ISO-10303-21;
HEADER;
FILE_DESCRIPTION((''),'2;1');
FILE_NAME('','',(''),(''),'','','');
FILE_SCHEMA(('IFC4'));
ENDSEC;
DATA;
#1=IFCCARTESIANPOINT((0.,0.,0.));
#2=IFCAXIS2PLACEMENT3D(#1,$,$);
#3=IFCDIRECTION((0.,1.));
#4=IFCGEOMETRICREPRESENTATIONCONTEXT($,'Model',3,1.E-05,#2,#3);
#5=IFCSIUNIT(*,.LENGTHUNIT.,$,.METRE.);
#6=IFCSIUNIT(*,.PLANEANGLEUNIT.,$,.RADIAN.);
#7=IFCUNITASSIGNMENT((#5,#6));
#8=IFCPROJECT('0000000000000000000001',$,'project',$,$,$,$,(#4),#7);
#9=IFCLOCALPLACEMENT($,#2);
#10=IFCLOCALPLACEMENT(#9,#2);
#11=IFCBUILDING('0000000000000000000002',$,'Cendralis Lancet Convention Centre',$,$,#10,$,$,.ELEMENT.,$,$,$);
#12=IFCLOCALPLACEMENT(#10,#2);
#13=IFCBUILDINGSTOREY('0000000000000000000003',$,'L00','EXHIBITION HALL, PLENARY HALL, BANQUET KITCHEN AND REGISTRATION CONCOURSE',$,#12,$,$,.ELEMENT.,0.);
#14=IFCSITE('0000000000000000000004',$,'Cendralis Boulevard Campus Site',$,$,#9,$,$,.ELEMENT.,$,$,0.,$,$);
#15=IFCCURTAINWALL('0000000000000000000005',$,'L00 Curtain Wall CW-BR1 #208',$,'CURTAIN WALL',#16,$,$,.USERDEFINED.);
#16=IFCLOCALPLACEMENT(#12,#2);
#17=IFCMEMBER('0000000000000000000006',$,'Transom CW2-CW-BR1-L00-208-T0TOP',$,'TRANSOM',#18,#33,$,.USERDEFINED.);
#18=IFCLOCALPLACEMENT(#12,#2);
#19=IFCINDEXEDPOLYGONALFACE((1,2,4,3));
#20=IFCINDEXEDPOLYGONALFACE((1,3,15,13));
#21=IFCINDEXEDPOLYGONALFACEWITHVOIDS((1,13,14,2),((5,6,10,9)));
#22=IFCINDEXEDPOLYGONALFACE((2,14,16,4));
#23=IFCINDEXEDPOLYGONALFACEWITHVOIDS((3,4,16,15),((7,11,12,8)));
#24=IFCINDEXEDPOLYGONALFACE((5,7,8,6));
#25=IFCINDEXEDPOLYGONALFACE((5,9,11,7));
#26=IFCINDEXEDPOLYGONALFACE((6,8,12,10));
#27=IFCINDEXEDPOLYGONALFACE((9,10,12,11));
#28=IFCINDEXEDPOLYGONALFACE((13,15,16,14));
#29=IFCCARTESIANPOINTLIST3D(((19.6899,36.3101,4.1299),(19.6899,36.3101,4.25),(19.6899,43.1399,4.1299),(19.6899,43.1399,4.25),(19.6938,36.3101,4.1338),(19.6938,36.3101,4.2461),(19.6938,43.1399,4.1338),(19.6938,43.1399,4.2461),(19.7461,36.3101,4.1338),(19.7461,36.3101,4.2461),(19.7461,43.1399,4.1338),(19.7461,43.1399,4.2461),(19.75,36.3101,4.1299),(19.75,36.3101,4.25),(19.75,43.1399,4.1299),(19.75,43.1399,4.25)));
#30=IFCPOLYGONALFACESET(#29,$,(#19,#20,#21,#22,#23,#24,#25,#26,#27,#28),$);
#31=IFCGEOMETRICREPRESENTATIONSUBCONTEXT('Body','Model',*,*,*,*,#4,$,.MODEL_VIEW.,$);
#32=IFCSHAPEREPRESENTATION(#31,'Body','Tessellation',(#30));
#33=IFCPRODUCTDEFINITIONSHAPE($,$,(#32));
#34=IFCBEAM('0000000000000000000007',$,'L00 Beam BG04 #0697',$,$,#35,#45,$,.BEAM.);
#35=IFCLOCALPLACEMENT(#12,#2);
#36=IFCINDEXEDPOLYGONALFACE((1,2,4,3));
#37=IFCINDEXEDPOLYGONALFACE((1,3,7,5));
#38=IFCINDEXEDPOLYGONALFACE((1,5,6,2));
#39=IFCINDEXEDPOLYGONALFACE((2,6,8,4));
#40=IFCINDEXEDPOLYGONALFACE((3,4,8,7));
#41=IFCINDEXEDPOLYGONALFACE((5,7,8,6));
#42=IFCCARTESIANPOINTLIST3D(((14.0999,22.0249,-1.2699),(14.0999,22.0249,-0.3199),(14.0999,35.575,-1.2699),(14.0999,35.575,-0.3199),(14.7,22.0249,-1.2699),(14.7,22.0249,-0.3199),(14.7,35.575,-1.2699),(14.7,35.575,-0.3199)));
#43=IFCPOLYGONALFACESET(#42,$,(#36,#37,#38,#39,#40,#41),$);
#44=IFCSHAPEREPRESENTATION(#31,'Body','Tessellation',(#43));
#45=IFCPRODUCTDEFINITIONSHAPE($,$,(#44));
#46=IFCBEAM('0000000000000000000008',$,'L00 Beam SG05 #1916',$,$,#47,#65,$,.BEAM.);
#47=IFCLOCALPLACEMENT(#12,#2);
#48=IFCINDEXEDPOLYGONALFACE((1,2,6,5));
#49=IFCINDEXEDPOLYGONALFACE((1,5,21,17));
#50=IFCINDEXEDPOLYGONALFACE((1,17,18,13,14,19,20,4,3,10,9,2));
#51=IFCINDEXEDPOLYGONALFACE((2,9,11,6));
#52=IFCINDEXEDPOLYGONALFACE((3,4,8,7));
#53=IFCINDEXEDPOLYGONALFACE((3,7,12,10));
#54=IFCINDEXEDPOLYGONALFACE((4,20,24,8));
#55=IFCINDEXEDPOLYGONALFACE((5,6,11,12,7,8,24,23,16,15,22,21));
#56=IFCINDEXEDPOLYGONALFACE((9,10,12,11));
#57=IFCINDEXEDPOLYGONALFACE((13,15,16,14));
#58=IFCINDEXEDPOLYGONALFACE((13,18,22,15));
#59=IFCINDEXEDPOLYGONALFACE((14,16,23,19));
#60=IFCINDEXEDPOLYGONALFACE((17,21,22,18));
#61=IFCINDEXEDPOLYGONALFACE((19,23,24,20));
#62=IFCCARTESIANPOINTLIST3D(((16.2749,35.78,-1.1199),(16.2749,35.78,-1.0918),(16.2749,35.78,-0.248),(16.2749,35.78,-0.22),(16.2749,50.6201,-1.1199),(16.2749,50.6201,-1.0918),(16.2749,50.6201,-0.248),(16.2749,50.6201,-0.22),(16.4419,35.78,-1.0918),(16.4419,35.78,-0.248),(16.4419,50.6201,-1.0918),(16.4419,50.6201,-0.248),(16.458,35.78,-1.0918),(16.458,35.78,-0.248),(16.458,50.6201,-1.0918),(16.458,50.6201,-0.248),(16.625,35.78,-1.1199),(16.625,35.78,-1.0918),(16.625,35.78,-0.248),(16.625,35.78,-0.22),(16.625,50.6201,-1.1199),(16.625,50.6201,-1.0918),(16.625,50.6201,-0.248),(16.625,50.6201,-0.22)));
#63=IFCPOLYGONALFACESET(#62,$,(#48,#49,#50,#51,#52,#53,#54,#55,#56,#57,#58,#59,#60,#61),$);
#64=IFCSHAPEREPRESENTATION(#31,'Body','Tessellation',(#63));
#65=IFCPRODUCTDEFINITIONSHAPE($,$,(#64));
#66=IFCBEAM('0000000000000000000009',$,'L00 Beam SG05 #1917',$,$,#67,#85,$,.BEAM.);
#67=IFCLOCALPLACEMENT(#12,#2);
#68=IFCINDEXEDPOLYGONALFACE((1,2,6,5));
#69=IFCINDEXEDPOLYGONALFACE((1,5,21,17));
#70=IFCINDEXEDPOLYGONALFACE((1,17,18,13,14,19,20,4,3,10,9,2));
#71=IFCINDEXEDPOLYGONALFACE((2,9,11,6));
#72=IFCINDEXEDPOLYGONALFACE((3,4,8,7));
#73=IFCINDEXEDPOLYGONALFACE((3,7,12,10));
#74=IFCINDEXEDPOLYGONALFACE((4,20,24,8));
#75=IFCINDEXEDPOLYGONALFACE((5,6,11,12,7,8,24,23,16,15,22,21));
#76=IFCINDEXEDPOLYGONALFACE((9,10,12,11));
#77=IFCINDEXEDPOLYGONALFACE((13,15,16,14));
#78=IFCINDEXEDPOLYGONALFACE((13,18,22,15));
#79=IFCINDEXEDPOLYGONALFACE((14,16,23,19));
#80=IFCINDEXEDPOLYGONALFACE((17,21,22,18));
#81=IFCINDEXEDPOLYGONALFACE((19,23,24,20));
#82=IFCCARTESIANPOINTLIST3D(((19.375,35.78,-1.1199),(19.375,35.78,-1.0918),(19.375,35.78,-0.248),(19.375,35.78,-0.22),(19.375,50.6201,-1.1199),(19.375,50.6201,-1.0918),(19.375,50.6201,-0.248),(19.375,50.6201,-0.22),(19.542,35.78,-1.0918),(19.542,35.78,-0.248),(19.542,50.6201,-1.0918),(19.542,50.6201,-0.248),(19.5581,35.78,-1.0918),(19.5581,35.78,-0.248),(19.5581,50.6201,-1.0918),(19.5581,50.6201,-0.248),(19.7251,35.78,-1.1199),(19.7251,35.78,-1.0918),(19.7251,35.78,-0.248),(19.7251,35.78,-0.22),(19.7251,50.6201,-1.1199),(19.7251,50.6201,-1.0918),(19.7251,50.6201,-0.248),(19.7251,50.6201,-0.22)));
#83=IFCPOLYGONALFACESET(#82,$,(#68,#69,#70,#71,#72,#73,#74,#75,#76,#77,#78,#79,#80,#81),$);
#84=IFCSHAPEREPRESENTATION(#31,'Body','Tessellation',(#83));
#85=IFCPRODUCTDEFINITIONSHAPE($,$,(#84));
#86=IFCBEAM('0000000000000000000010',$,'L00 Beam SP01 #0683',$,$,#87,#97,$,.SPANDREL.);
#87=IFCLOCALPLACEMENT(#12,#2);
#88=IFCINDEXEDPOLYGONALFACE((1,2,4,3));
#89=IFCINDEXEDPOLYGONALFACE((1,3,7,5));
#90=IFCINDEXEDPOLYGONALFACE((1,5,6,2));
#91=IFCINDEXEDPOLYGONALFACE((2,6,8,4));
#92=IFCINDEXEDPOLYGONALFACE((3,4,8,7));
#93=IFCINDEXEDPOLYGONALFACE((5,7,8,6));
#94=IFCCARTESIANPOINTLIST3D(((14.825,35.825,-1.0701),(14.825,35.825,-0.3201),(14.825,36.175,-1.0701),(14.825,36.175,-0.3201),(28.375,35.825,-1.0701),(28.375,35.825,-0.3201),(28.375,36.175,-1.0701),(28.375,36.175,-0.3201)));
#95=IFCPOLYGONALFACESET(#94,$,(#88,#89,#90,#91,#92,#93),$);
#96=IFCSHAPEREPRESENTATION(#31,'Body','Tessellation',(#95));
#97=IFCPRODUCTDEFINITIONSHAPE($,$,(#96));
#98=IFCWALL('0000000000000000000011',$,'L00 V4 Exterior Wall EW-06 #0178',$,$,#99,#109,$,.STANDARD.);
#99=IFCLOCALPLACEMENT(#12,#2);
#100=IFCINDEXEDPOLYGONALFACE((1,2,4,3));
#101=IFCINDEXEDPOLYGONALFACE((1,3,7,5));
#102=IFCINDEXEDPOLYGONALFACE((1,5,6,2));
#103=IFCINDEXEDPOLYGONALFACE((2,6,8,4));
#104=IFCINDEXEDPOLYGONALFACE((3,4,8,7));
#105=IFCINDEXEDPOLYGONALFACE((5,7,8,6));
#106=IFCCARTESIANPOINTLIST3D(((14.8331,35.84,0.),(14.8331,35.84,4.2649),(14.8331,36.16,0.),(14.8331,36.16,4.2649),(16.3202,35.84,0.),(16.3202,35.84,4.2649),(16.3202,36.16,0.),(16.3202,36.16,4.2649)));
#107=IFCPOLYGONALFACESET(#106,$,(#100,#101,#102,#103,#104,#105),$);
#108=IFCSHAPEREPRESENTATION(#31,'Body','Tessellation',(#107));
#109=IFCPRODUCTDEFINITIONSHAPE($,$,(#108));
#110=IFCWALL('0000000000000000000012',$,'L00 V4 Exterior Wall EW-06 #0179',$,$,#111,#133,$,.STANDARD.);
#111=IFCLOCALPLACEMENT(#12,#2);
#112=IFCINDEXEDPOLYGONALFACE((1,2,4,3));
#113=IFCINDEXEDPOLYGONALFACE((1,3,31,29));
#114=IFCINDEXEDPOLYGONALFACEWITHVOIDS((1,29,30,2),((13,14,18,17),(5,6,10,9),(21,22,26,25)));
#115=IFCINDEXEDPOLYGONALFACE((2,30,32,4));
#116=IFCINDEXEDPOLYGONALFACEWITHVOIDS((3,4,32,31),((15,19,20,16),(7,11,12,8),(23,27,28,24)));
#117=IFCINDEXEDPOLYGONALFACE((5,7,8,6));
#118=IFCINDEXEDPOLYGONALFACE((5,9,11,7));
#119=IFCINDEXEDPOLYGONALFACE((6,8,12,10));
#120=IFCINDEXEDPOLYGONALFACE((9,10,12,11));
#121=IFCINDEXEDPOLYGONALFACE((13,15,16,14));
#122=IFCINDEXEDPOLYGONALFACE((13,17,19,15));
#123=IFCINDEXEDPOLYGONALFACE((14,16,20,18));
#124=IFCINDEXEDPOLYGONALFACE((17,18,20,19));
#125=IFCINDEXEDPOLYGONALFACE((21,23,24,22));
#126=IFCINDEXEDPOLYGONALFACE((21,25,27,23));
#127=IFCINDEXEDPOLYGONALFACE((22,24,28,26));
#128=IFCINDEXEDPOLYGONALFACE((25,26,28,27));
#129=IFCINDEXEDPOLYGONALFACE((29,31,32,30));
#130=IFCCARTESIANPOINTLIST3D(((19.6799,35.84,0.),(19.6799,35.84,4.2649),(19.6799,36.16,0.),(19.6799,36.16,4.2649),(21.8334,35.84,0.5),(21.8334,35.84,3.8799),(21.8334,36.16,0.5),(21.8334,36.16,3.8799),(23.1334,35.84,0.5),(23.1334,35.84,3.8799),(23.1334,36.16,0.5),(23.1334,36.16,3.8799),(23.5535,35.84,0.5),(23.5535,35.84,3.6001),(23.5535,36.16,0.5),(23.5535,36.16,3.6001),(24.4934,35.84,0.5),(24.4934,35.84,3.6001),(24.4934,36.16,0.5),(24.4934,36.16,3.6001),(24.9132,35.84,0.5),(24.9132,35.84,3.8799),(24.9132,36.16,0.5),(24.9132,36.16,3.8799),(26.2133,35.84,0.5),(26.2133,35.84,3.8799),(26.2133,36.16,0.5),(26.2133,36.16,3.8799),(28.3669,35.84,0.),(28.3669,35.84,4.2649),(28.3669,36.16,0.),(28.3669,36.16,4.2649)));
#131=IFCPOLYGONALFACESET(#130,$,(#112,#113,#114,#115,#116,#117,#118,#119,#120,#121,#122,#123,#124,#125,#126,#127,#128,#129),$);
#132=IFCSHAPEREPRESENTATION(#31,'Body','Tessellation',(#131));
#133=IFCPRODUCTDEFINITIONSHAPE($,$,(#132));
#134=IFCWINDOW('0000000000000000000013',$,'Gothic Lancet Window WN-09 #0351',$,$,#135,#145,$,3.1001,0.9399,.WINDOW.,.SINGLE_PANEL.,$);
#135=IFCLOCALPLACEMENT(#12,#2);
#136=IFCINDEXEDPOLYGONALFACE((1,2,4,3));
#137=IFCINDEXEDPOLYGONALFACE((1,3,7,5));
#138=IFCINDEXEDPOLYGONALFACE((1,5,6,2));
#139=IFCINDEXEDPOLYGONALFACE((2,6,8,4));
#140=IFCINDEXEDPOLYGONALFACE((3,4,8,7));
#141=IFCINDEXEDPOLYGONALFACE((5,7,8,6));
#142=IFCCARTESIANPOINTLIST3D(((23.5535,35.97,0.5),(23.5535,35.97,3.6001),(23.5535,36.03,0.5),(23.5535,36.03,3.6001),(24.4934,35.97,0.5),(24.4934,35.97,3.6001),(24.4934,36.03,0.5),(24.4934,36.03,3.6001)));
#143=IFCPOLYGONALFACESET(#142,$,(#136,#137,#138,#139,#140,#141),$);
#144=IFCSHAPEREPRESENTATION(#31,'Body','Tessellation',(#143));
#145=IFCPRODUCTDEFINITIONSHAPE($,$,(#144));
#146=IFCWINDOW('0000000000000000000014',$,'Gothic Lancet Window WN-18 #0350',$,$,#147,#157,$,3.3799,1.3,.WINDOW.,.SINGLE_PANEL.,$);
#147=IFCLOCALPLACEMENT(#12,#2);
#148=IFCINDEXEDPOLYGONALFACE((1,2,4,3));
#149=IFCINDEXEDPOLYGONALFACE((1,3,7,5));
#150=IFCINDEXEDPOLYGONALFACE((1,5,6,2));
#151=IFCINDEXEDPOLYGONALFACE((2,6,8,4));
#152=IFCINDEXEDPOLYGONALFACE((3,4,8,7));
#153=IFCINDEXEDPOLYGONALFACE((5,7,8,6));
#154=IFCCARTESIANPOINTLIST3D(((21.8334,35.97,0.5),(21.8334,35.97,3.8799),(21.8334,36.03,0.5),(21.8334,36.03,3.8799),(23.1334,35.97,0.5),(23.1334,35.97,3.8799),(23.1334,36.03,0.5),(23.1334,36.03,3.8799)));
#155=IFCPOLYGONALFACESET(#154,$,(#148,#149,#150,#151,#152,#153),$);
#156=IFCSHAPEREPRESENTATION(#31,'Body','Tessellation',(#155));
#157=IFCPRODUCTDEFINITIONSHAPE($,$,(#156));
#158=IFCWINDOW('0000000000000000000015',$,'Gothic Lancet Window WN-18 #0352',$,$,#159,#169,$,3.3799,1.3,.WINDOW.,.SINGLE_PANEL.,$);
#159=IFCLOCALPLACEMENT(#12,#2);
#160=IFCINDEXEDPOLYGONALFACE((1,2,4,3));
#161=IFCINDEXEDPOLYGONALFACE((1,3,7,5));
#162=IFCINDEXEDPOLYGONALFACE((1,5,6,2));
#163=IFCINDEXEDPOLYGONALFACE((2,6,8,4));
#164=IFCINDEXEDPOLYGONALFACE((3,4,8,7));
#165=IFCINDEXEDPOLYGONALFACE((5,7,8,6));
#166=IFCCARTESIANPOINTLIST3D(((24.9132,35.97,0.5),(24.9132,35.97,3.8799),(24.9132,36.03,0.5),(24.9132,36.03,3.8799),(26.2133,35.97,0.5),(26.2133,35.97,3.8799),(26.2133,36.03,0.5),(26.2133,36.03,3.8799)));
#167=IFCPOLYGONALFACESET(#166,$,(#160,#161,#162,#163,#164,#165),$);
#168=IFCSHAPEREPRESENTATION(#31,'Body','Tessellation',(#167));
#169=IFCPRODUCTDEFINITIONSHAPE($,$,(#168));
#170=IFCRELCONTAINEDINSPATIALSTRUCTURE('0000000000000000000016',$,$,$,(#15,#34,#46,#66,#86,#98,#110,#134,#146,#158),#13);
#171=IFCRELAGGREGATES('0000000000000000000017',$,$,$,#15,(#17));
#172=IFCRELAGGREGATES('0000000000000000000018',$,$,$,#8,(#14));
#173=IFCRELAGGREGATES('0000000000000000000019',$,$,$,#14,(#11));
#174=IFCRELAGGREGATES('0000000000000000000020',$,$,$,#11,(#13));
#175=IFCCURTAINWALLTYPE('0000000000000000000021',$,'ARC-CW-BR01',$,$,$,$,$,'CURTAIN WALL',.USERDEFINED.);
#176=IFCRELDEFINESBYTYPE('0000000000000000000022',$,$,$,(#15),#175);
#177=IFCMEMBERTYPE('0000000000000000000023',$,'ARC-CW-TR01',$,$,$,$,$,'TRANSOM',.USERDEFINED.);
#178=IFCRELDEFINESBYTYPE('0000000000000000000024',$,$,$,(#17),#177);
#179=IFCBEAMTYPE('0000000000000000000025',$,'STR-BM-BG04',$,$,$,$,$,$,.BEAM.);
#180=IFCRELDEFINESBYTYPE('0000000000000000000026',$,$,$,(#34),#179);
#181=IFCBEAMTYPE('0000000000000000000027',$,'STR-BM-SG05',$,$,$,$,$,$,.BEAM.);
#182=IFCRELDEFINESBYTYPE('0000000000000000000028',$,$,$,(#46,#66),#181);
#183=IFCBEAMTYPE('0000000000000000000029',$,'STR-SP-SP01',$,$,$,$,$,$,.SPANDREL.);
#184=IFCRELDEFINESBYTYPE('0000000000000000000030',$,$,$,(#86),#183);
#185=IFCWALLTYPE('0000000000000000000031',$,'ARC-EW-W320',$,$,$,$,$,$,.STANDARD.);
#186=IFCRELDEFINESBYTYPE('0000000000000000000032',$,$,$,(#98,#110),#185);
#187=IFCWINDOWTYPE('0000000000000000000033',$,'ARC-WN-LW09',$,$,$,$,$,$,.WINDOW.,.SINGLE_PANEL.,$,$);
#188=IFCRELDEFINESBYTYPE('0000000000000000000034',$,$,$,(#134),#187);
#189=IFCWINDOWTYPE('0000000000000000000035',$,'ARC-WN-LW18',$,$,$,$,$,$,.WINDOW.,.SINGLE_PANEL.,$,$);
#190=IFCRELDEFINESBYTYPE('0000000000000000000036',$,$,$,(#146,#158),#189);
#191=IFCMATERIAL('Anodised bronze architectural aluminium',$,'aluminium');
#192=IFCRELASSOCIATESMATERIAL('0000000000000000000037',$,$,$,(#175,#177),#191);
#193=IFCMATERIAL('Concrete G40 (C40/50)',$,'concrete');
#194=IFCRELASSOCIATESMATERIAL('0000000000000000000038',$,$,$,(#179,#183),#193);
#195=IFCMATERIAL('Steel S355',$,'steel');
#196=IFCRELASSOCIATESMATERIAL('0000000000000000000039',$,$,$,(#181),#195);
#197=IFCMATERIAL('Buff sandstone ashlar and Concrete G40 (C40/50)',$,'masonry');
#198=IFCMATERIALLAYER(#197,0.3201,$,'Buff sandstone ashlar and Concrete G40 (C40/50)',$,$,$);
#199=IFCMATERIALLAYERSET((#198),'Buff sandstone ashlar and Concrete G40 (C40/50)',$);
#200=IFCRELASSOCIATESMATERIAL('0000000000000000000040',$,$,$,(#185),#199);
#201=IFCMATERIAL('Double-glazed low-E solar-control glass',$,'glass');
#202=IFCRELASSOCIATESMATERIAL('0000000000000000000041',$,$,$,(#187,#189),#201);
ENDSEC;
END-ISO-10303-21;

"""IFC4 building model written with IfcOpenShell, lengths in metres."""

from ifc_helpers import new_model, si_unit, direction, frame, frame_2d, origin, origin_2d, place, context, subcontext, project, spatial, rectangle, hollow_rectangle, i_section, extrude, material, layer, layer_set, material_profile, profile_set, type_object, element, fill, aggregate, save


model = new_model("IFC4")

# Units and contexts
model_context = context("Model", 3, precision=1e-05, world=origin(), true_north=direction((0.0, 1.0)))
body_context = subcontext(model_context, "Body", "Model", "MODEL_VIEW")
ifc_project = project(units=[si_unit("LENGTHUNIT", "METRE"), si_unit("PLANEANGLEUNIT", "RADIAN")], contexts=[model_context])

# Site, building, storey
site_placement = place(None, origin())
site = spatial("IfcSite", under=ifc_project, at=site_placement, Name="Cendralis Boulevard Campus Site", CompositionType="ELEMENT", RefElevation=0.0)
building_placement = place(site_placement, origin())
building = spatial("IfcBuilding", under=site, at=building_placement, Name="Cendralis Lancet Convention Centre", CompositionType="ELEMENT")
storey_placement = place(building_placement, origin())
storey = spatial("IfcBuildingStorey", under=building, at=storey_placement, Name="L00", Description="EXHIBITION HALL, PLENARY HALL, BANQUET KITCHEN AND REGISTRATION CONCOURSE", CompositionType="ELEMENT", Elevation=0.0)

# Shared definitions
ifc_material_1 = material(Name="Concrete G40 (C40/50)", Category="concrete")

# Curtain wall
ifc_material_2 = material(Name="Anodised bronze architectural aluminium", Category="aluminium")
curtain_wall_type = type_object("IfcCurtainWallType", Name="ARC-CW-BR01", ElementType="CURTAIN WALL", PredefinedType="USERDEFINED", material=ifc_material_2)
curtain_wall_1_placement = place(storey_placement, origin())
curtain_wall_1 = element("IfcCurtainWall", 1, at=curtain_wall_1_placement, inside=storey, type_object=curtain_wall_type, Name="L00 Curtain Wall CW-BR1 #208", ObjectType="CURTAIN WALL", PredefinedType="USERDEFINED")

# Member
ifc_material_profile_1 = material_profile(ifc_material_2, hollow_rectangle(XDim=0.0601, YDim=0.1201, WallThickness=0.0039, at=origin_2d()), Name="AL-TRAN 60x120x4.0")
ifc_profile_set_1 = profile_set([ifc_material_profile_1], Name="Anodised bronze architectural aluminium")
member_type_1 = type_object("IfcMemberType", Name="ARC-CW-TR01", ElementType="TRANSOM", PredefinedType="USERDEFINED", material=ifc_profile_set_1)
member_1_placement = place(storey_placement, frame((19.72, 36.3101, 4.1899), z_axis=(0.0, 1.0, 0.0), x_axis=(-1.0, 0.0, 0.0)))
member_1 = element("IfcMember", 2, at=member_1_placement, type_object=member_type_1, Name="Transom CW2-CW-BR1-L00-208-T0TOP", ObjectType="TRANSOM", PredefinedType="USERDEFINED", context=body_context, shape_type="SweptSolid", body=[
    extrude(hollow_rectangle(XDim=0.0601, YDim=0.1201, WallThickness=0.0039, at=origin_2d()), origin(), (0.0, 0.0, 1.0), 6.8298),
])
aggregate(curtain_wall_1, [member_1])

# Beams
ifc_material_profile_2 = material_profile(ifc_material_1, rectangle(XDim=0.6001, YDim=0.95, at=origin_2d()), Name="RCB 600x950")
ifc_profile_set_2 = profile_set([ifc_material_profile_2], Name="Concrete G40 (C40/50)")
beam_type_1 = type_object("IfcBeamType", Name="STR-BM-BG04", PredefinedType="BEAM", material=ifc_profile_set_2)
beam_1_placement = place(storey_placement, frame((14.3999, 22.0249, -0.7949), z_axis=(0.0, 1.0, 0.0), x_axis=(-1.0, 0.0, 0.0)))
element("IfcBeam", 3, at=beam_1_placement, inside=storey, type_object=beam_type_1, Name="L00 Beam BG04 #0697", PredefinedType="BEAM", context=body_context, shape_type="SweptSolid", body=[
    extrude(rectangle(XDim=0.6001, YDim=0.95, at=origin_2d()), origin(), (0.0, 0.0, 1.0), 13.55),
])
ifc_material_3 = material(Name="Steel S355", Category="steel")
ifc_material_profile_3 = material_profile(ifc_material_3, i_section(OverallWidth=0.3501, OverallDepth=0.8999, WebThickness=0.0161, FlangeThickness=0.0281, at=origin_2d()), Name="PG 900x350")
ifc_profile_set_3 = profile_set([ifc_material_profile_3], Name="Steel S355")
beam_type_2 = type_object("IfcBeamType", Name="STR-BM-SG05", PredefinedType="BEAM", material=ifc_profile_set_3)
for number, where, z_axis, x_axis, name in (
    (4, (16.45, 35.78, -0.6699), (0.0, 1.0, 0.0), (-1.0, 0.0, 0.0), "L00 Beam SG05 #1916"),
    (5, (19.55, 35.78, -0.6699), (0.0, 1.0, 0.0), (-1.0, 0.0, 0.0), "L00 Beam SG05 #1917"),
):
    element("IfcBeam", number, at=place(storey_placement, frame(where, z_axis=z_axis, x_axis=x_axis)), inside=storey, type_object=beam_type_2, Name=name, PredefinedType="BEAM", context=body_context, shape_type="SweptSolid", body=[
        extrude(i_section(OverallWidth=0.3501, OverallDepth=0.8999, WebThickness=0.0161, FlangeThickness=0.0281, at=origin_2d()), origin(), (0.0, 0.0, 1.0), 14.8401),
    ])
ifc_material_profile_4 = material_profile(ifc_material_1, rectangle(XDim=0.3501, YDim=0.75, at=origin_2d()), Name="RCB 350x750")
ifc_profile_set_4 = profile_set([ifc_material_profile_4], Name="Concrete G40 (C40/50)")
beam_type_3 = type_object("IfcBeamType", Name="STR-SP-SP01", PredefinedType="SPANDREL", material=ifc_profile_set_4)
beam_2_placement = place(storey_placement, frame((14.825, 36.0, -0.6951), z_axis=(1.0, 0.0, 0.0), x_axis=(0.0, 1.0, 0.0)))
element("IfcBeam", 6, at=beam_2_placement, inside=storey, type_object=beam_type_3, Name="L00 Beam SP01 #0683", PredefinedType="SPANDREL", context=body_context, shape_type="SweptSolid", body=[
    extrude(rectangle(XDim=0.3501, YDim=0.75, at=origin_2d()), origin(), (0.0, 0.0, 1.0), 13.55),
])

# Wall
ifc_material_4 = material(Name="Buff sandstone ashlar and Concrete G40 (C40/50)", Category="masonry")
ifc_layer_1 = layer(ifc_material_4, 0.3201, Name="Buff sandstone ashlar and Concrete G40 (C40/50)")
ifc_layer_set_1 = layer_set([ifc_layer_1], Name="Buff sandstone ashlar and Concrete G40 (C40/50)")
wall_type_1 = type_object("IfcWallType", Name="ARC-EW-W320", PredefinedType="STANDARD", material=ifc_layer_set_1)
wall_1_placement = place(storey_placement, frame((14.833, 36.0, 0.0), z_axis=(0.0, 0.0, 1.0), x_axis=(1.0, 0.0, 0.0)))
element("IfcWall", 7, at=wall_1_placement, inside=storey, type_object=wall_type_1, Name="L00 V4 Exterior Wall EW-06 #0178", PredefinedType="STANDARD", context=body_context, shape_type="SweptSolid", body=[
    extrude(rectangle(XDim=1.4871, YDim=0.3201, at=frame_2d((0.7437, 0.0))), origin(), (0.0, 0.0, 1.0), 4.2649),
])

# Wall, openings, windows
wall_2_placement = place(storey_placement, frame((19.6799, 36.0, 0.0), z_axis=(0.0, 0.0, 1.0), x_axis=(1.0, 0.0, 0.0)))
wall_2 = element("IfcWall", 8, at=wall_2_placement, inside=storey, type_object=wall_type_1, Name="L00 V4 Exterior Wall EW-06 #0179", PredefinedType="STANDARD", context=body_context, shape_type="SweptSolid", body=[
    extrude(rectangle(XDim=8.687, YDim=0.3201, at=frame_2d((4.3435, 0.0))), origin(), (0.0, 0.0, 1.0), 4.2649),
])
opening_1_placement = place(wall_2_placement, frame((2.1536, 0.0, 0.5)))
opening_1 = element("IfcOpeningElement", 9, at=opening_1_placement, cuts=wall_2, PredefinedType="OPENING", context=body_context, shape_type="SweptSolid", body=[
    extrude(rectangle(XDim=1.3, YDim=3.3799, at=frame_2d((0.6499, 1.6899))), frame((0.0, 0.1699, 0.0), z_axis=(0.0, -1.0, 0.0), x_axis=(1.0, 0.0, 0.0)), (0.0, 0.0, 1.0), 0.3401),
])
opening_2_placement = place(wall_2_placement, frame((3.8735, 0.0, 0.5)))
opening_2 = element("IfcOpeningElement", 10, at=opening_2_placement, cuts=wall_2, PredefinedType="OPENING", context=body_context, shape_type="SweptSolid", body=[
    extrude(rectangle(XDim=0.9399, YDim=3.1001, at=frame_2d((0.47, 1.55))), frame((0.0, 0.1699, 0.0), z_axis=(0.0, -1.0, 0.0), x_axis=(1.0, 0.0, 0.0)), (0.0, 0.0, 1.0), 0.3401),
])
opening_3_placement = place(wall_2_placement, frame((5.2334, 0.0, 0.5)))
opening_3 = element("IfcOpeningElement", 11, at=opening_3_placement, cuts=wall_2, PredefinedType="OPENING", context=body_context, shape_type="SweptSolid", body=[
    extrude(rectangle(XDim=1.3, YDim=3.3799, at=frame_2d((0.6499, 1.6899))), frame((0.0, 0.1699, 0.0), z_axis=(0.0, -1.0, 0.0), x_axis=(1.0, 0.0, 0.0)), (0.0, 0.0, 1.0), 0.3401),
])
ifc_material_5 = material(Name="Double-glazed low-E solar-control glass", Category="glass")
window_type_1 = type_object("IfcWindowType", Name="ARC-WN-LW09", PartitioningType="SINGLE_PANEL", PredefinedType="WINDOW", material=ifc_material_5)
window_1_placement = place(opening_2_placement, origin())
window_1 = element("IfcWindow", 12, at=window_1_placement, inside=storey, type_object=window_type_1, Name="Gothic Lancet Window WN-09 #0351", OverallHeight=3.1001, OverallWidth=0.9399, PartitioningType="SINGLE_PANEL", PredefinedType="WINDOW", context=body_context, shape_type="SweptSolid", body=[
    extrude(rectangle(XDim=0.9399, YDim=3.1001, at=frame_2d((0.47, 1.55))), frame((0.0, 0.03, 0.0), z_axis=(0.0, -1.0, 0.0), x_axis=(1.0, 0.0, 0.0)), (0.0, 0.0, 1.0), 0.0601),
])
fill(opening_2, window_1)
window_type_2 = type_object("IfcWindowType", Name="ARC-WN-LW18", PartitioningType="SINGLE_PANEL", PredefinedType="WINDOW", material=ifc_material_5)
window_2_placement = place(opening_1_placement, origin())
window_2 = element("IfcWindow", 13, at=window_2_placement, inside=storey, type_object=window_type_2, Name="Gothic Lancet Window WN-18 #0350", OverallHeight=3.3799, OverallWidth=1.3, PartitioningType="SINGLE_PANEL", PredefinedType="WINDOW", context=body_context, shape_type="SweptSolid", body=[
    extrude(rectangle(XDim=1.3, YDim=3.3799, at=frame_2d((0.6499, 1.6899))), frame((0.0, 0.03, 0.0), z_axis=(0.0, -1.0, 0.0), x_axis=(1.0, 0.0, 0.0)), (0.0, 0.0, 1.0), 0.0601),
])
fill(opening_1, window_2)
window_3_placement = place(opening_3_placement, origin())
window_3 = element("IfcWindow", 14, at=window_3_placement, inside=storey, type_object=window_type_2, Name="Gothic Lancet Window WN-18 #0352", OverallHeight=3.3799, OverallWidth=1.3, PartitioningType="SINGLE_PANEL", PredefinedType="WINDOW", context=body_context, shape_type="SweptSolid", body=[
    extrude(rectangle(XDim=1.3, YDim=3.3799, at=frame_2d((0.6499, 1.6899))), frame((0.0, 0.03, 0.0), z_axis=(0.0, -1.0, 0.0), x_axis=(1.0, 0.0, 0.0)), (0.0, 0.0, 1.0), 0.0601),
])
fill(opening_3, window_3)

save(model, "model.ifc")
